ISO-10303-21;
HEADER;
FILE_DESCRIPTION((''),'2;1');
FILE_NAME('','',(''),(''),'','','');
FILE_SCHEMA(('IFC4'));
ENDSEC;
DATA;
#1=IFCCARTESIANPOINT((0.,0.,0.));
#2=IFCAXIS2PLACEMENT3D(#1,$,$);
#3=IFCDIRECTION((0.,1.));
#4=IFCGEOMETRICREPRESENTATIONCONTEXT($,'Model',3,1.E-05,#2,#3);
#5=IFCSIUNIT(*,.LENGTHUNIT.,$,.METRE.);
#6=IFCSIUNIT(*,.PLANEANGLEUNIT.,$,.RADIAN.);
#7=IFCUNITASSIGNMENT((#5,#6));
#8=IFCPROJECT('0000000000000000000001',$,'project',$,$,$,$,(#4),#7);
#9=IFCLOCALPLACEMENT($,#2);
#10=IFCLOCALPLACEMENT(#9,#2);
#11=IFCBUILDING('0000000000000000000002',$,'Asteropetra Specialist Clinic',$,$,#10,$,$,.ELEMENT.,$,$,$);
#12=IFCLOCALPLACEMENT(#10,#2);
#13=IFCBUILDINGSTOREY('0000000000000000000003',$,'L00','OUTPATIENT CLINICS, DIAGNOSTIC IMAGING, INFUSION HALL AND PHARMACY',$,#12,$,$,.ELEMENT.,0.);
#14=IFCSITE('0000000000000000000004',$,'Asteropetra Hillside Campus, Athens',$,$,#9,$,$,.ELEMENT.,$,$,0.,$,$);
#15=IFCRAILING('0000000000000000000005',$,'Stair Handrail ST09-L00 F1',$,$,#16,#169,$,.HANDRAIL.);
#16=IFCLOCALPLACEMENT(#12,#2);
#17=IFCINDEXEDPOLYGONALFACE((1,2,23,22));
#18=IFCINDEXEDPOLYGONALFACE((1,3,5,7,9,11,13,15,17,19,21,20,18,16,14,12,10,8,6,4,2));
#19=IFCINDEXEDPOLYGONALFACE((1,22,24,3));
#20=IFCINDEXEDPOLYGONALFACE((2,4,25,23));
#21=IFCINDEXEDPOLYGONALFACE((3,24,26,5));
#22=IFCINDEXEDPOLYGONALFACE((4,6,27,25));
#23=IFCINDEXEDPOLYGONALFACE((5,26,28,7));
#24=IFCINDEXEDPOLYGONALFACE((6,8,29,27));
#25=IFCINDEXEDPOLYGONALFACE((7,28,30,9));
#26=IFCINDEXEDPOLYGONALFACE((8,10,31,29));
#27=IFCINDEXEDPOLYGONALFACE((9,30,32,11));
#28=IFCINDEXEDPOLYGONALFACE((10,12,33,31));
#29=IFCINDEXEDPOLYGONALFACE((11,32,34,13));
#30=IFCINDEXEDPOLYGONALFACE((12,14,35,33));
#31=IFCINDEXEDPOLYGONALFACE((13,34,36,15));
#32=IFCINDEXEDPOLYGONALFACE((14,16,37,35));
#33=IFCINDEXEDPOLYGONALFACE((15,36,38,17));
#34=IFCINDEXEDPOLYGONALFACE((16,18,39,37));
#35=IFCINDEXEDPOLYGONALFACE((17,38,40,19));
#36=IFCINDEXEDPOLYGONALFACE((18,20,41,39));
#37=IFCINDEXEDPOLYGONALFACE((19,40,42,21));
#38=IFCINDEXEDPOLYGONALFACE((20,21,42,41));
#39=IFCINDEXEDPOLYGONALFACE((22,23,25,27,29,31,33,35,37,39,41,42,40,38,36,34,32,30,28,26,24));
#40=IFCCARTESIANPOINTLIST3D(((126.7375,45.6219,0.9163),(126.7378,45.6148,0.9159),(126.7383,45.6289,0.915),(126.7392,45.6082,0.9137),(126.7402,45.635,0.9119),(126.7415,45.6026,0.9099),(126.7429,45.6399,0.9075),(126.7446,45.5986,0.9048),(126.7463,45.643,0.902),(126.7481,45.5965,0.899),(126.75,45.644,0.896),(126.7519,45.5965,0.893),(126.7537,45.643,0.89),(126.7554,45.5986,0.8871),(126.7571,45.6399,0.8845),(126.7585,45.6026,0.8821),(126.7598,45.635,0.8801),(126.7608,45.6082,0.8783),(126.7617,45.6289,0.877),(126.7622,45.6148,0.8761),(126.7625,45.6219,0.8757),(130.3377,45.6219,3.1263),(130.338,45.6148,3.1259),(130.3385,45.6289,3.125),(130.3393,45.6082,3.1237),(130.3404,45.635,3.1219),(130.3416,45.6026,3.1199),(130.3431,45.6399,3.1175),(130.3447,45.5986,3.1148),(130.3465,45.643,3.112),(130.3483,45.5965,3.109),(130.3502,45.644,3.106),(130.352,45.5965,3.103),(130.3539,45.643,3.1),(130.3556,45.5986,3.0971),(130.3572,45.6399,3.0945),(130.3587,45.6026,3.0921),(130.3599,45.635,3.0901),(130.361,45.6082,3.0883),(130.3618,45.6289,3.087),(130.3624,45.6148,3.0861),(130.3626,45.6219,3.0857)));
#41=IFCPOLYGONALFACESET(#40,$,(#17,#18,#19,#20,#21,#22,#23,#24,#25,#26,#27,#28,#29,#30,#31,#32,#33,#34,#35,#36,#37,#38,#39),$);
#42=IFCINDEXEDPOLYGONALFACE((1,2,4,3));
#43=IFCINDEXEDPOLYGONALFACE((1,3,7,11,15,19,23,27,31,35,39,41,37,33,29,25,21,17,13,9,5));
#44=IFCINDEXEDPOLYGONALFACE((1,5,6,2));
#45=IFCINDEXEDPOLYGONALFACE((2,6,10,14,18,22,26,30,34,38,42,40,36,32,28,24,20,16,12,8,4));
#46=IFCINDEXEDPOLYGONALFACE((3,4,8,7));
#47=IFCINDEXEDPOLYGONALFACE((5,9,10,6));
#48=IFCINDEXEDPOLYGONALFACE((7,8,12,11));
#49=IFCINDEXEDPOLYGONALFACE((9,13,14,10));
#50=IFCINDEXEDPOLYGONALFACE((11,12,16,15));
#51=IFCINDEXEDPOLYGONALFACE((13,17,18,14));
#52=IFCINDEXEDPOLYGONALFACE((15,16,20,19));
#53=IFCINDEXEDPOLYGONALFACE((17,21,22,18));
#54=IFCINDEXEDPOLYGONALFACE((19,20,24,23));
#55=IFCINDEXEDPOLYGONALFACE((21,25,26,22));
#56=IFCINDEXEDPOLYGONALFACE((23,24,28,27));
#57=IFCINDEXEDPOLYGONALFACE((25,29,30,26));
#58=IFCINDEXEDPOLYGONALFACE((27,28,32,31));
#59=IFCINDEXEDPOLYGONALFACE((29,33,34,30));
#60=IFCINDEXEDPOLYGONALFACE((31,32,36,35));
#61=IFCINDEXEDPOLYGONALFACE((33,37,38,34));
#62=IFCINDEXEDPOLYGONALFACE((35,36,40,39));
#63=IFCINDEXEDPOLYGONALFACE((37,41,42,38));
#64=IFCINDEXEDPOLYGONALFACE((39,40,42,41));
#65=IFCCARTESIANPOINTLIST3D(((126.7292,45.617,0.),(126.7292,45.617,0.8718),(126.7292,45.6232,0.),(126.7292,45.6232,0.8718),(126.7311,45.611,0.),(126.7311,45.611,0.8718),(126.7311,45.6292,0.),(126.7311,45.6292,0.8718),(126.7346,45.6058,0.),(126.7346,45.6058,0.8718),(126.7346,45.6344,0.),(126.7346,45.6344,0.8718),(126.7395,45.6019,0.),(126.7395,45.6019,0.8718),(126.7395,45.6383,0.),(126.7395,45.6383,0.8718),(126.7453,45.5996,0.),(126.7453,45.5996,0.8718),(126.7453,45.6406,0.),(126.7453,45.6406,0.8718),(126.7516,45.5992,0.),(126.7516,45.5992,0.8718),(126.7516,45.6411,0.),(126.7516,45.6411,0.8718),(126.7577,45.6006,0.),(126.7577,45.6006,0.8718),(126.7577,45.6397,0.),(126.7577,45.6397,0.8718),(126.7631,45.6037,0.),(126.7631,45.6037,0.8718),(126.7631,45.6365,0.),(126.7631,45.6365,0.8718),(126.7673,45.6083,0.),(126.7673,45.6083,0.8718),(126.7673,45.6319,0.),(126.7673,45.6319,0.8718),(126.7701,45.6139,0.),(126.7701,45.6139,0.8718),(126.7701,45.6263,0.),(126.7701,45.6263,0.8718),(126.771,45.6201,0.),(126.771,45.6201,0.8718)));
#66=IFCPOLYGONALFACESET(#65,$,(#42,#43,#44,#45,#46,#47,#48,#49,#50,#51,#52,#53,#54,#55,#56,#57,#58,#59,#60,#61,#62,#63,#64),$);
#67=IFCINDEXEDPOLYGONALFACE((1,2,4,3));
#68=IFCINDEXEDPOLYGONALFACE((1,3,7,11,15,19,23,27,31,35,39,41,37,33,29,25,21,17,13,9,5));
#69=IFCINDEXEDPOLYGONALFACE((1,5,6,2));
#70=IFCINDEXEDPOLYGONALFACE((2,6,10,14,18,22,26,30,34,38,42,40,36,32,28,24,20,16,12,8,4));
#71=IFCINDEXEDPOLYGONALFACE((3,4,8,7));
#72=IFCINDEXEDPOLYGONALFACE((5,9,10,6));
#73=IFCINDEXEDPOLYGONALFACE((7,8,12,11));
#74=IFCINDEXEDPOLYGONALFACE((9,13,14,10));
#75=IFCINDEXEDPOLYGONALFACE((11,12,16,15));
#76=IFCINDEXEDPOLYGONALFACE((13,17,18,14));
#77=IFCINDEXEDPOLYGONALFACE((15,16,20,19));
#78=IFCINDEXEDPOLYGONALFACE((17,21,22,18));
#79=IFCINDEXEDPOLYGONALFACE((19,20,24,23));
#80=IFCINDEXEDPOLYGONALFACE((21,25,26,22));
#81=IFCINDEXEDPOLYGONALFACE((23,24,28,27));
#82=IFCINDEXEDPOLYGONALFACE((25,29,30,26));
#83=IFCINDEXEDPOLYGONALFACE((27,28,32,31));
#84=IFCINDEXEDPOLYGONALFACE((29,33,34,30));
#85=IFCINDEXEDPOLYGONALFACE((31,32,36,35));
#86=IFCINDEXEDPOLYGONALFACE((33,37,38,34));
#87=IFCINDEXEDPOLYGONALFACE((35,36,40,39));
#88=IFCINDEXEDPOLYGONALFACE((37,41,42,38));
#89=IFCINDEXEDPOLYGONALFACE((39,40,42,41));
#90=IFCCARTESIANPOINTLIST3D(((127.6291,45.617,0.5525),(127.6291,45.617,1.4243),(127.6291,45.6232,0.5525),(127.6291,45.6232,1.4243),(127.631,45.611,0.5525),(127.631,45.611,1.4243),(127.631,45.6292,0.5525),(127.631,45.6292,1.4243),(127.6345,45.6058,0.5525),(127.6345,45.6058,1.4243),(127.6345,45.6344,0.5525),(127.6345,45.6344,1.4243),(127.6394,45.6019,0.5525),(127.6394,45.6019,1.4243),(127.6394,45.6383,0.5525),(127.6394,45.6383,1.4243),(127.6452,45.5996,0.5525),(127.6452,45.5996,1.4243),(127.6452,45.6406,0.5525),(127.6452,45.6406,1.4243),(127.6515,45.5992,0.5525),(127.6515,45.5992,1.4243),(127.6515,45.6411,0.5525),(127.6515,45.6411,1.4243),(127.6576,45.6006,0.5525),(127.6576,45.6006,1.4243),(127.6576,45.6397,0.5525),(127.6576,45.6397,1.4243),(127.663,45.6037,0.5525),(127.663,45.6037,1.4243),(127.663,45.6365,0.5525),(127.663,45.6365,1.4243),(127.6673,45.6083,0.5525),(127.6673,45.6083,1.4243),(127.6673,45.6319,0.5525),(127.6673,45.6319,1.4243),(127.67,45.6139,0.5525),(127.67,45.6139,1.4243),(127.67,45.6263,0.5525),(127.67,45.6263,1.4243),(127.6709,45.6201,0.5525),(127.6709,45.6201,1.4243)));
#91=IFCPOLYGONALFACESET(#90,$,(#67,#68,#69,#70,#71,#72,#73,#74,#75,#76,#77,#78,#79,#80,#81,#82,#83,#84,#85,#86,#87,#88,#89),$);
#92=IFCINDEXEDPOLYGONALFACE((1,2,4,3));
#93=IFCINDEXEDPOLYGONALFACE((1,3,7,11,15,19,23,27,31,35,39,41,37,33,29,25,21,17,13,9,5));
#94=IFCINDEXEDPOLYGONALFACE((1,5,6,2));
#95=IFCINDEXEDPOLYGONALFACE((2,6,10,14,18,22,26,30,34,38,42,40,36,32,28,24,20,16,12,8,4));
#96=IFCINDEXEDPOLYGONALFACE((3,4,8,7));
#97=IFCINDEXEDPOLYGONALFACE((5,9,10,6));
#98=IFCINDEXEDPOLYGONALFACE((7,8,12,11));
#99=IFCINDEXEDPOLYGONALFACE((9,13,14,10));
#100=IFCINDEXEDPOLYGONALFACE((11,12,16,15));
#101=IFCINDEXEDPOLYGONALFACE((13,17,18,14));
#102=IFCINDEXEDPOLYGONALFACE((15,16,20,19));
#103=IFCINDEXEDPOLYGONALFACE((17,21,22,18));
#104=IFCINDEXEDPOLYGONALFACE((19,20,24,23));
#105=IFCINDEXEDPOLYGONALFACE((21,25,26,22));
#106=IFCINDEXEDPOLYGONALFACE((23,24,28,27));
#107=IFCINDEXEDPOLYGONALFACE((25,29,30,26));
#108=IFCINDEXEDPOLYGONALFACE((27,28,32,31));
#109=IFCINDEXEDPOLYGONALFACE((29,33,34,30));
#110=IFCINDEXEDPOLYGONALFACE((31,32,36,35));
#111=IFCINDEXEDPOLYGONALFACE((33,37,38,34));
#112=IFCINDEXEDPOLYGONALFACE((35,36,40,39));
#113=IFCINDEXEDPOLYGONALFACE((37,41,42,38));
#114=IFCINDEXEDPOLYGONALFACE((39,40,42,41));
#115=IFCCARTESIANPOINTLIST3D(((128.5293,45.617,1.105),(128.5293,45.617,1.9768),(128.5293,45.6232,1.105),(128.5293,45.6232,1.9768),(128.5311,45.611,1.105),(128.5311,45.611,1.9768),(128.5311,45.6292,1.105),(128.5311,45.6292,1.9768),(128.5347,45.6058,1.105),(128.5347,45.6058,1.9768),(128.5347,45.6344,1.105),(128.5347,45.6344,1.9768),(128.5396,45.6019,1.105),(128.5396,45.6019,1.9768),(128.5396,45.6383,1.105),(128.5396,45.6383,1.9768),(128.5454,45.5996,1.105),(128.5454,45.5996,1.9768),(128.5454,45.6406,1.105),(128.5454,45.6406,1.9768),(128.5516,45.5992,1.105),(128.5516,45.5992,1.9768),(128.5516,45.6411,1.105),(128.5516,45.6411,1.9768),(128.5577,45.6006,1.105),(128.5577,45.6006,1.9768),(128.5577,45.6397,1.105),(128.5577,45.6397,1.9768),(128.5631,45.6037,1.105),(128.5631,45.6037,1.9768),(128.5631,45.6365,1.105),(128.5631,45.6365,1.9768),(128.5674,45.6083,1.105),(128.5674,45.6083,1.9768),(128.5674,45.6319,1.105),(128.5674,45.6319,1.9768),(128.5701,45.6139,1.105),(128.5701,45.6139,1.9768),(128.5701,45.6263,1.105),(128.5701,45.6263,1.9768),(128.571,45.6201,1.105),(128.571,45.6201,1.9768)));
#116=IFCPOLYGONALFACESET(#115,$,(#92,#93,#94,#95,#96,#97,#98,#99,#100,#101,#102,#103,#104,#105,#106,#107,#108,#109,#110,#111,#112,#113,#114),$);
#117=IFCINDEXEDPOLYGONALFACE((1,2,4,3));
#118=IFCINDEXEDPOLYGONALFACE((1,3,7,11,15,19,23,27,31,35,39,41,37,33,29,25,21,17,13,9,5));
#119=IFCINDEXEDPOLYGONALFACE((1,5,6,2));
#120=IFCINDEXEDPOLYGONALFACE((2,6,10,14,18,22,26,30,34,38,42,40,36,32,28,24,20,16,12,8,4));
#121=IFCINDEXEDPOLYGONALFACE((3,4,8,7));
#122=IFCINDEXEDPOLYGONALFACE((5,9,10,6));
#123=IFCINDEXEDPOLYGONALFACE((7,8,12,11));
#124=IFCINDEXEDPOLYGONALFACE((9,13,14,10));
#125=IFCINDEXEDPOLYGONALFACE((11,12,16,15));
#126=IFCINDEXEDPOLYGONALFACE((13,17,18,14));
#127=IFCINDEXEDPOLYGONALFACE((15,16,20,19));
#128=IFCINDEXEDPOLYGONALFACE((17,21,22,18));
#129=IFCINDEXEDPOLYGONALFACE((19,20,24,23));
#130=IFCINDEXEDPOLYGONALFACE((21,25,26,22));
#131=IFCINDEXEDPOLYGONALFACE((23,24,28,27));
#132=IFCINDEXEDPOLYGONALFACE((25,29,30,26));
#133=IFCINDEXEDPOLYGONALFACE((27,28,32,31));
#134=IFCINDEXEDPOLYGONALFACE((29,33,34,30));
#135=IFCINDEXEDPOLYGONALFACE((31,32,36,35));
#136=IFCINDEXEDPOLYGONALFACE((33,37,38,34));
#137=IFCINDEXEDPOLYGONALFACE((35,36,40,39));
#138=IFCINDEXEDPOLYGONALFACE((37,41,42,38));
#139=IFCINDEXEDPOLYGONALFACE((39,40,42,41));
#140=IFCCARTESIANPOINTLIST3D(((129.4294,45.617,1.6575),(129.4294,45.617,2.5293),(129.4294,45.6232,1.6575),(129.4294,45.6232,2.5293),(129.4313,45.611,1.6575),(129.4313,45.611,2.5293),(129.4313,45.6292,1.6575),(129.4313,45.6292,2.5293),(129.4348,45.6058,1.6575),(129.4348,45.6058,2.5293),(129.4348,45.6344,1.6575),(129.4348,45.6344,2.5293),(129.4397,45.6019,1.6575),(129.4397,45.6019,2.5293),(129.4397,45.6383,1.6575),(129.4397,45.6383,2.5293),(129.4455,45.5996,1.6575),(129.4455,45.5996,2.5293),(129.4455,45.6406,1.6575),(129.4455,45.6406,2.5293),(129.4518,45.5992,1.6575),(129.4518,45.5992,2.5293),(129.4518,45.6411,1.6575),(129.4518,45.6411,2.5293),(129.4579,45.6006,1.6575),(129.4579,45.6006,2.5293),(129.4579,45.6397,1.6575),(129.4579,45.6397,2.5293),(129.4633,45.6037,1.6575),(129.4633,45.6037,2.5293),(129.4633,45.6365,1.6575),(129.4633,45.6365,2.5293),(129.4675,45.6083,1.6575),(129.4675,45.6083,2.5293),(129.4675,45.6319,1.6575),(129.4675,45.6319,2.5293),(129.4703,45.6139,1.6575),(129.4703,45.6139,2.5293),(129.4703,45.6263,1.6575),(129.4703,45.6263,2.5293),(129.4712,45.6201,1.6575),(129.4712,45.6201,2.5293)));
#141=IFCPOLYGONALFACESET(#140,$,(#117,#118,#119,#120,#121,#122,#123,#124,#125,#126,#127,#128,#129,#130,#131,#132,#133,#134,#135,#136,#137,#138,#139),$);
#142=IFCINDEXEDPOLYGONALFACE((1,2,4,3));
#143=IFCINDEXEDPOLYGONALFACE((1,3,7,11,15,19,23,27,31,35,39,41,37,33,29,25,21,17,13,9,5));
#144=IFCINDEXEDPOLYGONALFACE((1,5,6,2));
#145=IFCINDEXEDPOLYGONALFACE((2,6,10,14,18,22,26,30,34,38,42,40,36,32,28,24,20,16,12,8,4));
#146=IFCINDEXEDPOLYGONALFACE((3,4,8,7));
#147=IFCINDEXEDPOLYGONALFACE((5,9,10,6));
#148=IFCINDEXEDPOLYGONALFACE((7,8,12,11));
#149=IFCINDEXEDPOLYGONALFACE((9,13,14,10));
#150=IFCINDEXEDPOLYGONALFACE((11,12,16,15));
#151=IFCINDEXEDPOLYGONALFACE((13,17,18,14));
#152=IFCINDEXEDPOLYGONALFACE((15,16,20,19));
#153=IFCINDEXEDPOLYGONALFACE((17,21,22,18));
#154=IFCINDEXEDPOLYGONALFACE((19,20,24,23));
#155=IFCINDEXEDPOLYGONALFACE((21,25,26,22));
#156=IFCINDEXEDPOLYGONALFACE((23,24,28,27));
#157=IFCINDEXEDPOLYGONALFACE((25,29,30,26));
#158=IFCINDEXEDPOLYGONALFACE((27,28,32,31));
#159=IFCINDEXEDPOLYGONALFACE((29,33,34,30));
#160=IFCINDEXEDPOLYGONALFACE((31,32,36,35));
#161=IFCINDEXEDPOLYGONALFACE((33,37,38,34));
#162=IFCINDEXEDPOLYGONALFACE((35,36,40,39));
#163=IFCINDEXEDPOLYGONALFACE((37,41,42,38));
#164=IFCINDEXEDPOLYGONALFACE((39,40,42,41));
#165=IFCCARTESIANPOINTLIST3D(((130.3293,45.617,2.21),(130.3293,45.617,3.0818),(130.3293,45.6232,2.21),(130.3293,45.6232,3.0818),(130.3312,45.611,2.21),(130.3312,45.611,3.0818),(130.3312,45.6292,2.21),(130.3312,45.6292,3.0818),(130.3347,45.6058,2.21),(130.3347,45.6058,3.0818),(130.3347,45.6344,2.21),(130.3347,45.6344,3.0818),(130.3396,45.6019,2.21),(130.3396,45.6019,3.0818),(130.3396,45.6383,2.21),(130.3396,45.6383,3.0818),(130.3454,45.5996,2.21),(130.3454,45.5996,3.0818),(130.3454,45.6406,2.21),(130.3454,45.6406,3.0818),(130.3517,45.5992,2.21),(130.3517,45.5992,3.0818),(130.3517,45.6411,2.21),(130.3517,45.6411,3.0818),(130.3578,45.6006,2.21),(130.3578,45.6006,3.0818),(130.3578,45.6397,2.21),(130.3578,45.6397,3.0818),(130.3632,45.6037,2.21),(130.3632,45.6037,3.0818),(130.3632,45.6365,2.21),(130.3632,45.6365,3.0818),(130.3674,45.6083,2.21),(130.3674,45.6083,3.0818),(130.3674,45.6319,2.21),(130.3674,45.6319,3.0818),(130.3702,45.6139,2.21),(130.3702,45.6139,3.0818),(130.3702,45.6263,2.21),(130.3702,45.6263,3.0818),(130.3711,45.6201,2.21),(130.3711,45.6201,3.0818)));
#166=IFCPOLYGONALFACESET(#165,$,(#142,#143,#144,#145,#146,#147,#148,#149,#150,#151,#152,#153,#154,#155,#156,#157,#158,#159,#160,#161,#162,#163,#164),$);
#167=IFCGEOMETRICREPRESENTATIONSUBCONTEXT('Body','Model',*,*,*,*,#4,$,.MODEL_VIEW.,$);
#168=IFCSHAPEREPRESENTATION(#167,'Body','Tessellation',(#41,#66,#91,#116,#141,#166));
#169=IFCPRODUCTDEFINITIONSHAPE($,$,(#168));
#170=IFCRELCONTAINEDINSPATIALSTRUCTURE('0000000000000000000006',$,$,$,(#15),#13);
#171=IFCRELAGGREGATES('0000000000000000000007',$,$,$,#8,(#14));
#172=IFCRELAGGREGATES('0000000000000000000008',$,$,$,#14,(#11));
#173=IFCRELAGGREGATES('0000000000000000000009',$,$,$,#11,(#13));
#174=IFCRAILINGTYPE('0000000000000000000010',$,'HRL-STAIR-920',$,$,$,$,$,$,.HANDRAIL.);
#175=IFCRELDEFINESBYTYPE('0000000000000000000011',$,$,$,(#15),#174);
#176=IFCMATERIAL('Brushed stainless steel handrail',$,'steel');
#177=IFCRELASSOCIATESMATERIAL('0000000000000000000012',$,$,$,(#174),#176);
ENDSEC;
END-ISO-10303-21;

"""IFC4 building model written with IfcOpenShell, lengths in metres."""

from ifc_helpers import new_model, si_unit, direction, frame, origin, origin_2d, place, context, subcontext, project, spatial, circle, extrude, material, type_object, element, save


model = new_model("IFC4")

# Units and contexts
model_context = context("Model", 3, precision=1e-05, world=origin(), true_north=direction((0.0, 1.0)))
body_context = subcontext(model_context, "Body", "Model", "MODEL_VIEW")
ifc_project = project(units=[si_unit("LENGTHUNIT", "METRE"), si_unit("PLANEANGLEUNIT", "RADIAN")], contexts=[model_context])

# Site, building, storey
site_placement = place(None, origin())
site = spatial("IfcSite", under=ifc_project, at=site_placement, Name="Asteropetra Hillside Campus, Athens", CompositionType="ELEMENT", RefElevation=0.0)
building_placement = place(site_placement, origin())
building = spatial("IfcBuilding", under=site, at=building_placement, Name="Asteropetra Specialist Clinic", CompositionType="ELEMENT")
storey_placement = place(building_placement, origin())
storey = spatial("IfcBuildingStorey", under=building, at=storey_placement, Name="L00", Description="OUTPATIENT CLINICS, DIAGNOSTIC IMAGING, INFUSION HALL AND PHARMACY", CompositionType="ELEMENT", Elevation=0.0)

# Railing
ifc_material_1 = material(Name="Brushed stainless steel handrail", Category="steel")
railing_type_1 = type_object("IfcRailingType", Name="HRL-STAIR-920", PredefinedType="HANDRAIL", material=ifc_material_1)
railing_1_placement = place(storey_placement, frame((126.75, 45.6201, 0.0)))
element("IfcRailing", 1, at=railing_1_placement, inside=storey, type_object=railing_type_1, Name="Stair Handrail ST09-L00 F1", PredefinedType="HANDRAIL", context=body_context, shape_type="SweptSolid", body=[
    extrude(circle(Radius=0.0239, at=origin_2d()), frame((0.0, 0.0, 0.896), z_axis=(0.852237, 0.0, 0.523156), x_axis=(0.0, 1.0, 0.0)), (0.0, 0.0, 1.0), 4.2244),
    extrude(circle(Radius=0.021, at=origin_2d()), origin(), (0.0, 0.0, 1.0), 0.8718),
    extrude(circle(Radius=0.021, at=origin_2d()), frame((0.8999, 0.0, 0.5525)), (0.0, 0.0, 1.0), 0.8718),
    extrude(circle(Radius=0.021, at=origin_2d()), frame((1.8, 0.0, 1.105)), (0.0, 0.0, 1.0), 0.8718),
    extrude(circle(Radius=0.021, at=origin_2d()), frame((2.7002, 0.0, 1.6575)), (0.0, 0.0, 1.0), 0.8718),
    extrude(circle(Radius=0.021, at=origin_2d()), frame((3.6001, 0.0, 2.21)), (0.0, 0.0, 1.0), 0.8718),
])

save(model, "model.ifc")
